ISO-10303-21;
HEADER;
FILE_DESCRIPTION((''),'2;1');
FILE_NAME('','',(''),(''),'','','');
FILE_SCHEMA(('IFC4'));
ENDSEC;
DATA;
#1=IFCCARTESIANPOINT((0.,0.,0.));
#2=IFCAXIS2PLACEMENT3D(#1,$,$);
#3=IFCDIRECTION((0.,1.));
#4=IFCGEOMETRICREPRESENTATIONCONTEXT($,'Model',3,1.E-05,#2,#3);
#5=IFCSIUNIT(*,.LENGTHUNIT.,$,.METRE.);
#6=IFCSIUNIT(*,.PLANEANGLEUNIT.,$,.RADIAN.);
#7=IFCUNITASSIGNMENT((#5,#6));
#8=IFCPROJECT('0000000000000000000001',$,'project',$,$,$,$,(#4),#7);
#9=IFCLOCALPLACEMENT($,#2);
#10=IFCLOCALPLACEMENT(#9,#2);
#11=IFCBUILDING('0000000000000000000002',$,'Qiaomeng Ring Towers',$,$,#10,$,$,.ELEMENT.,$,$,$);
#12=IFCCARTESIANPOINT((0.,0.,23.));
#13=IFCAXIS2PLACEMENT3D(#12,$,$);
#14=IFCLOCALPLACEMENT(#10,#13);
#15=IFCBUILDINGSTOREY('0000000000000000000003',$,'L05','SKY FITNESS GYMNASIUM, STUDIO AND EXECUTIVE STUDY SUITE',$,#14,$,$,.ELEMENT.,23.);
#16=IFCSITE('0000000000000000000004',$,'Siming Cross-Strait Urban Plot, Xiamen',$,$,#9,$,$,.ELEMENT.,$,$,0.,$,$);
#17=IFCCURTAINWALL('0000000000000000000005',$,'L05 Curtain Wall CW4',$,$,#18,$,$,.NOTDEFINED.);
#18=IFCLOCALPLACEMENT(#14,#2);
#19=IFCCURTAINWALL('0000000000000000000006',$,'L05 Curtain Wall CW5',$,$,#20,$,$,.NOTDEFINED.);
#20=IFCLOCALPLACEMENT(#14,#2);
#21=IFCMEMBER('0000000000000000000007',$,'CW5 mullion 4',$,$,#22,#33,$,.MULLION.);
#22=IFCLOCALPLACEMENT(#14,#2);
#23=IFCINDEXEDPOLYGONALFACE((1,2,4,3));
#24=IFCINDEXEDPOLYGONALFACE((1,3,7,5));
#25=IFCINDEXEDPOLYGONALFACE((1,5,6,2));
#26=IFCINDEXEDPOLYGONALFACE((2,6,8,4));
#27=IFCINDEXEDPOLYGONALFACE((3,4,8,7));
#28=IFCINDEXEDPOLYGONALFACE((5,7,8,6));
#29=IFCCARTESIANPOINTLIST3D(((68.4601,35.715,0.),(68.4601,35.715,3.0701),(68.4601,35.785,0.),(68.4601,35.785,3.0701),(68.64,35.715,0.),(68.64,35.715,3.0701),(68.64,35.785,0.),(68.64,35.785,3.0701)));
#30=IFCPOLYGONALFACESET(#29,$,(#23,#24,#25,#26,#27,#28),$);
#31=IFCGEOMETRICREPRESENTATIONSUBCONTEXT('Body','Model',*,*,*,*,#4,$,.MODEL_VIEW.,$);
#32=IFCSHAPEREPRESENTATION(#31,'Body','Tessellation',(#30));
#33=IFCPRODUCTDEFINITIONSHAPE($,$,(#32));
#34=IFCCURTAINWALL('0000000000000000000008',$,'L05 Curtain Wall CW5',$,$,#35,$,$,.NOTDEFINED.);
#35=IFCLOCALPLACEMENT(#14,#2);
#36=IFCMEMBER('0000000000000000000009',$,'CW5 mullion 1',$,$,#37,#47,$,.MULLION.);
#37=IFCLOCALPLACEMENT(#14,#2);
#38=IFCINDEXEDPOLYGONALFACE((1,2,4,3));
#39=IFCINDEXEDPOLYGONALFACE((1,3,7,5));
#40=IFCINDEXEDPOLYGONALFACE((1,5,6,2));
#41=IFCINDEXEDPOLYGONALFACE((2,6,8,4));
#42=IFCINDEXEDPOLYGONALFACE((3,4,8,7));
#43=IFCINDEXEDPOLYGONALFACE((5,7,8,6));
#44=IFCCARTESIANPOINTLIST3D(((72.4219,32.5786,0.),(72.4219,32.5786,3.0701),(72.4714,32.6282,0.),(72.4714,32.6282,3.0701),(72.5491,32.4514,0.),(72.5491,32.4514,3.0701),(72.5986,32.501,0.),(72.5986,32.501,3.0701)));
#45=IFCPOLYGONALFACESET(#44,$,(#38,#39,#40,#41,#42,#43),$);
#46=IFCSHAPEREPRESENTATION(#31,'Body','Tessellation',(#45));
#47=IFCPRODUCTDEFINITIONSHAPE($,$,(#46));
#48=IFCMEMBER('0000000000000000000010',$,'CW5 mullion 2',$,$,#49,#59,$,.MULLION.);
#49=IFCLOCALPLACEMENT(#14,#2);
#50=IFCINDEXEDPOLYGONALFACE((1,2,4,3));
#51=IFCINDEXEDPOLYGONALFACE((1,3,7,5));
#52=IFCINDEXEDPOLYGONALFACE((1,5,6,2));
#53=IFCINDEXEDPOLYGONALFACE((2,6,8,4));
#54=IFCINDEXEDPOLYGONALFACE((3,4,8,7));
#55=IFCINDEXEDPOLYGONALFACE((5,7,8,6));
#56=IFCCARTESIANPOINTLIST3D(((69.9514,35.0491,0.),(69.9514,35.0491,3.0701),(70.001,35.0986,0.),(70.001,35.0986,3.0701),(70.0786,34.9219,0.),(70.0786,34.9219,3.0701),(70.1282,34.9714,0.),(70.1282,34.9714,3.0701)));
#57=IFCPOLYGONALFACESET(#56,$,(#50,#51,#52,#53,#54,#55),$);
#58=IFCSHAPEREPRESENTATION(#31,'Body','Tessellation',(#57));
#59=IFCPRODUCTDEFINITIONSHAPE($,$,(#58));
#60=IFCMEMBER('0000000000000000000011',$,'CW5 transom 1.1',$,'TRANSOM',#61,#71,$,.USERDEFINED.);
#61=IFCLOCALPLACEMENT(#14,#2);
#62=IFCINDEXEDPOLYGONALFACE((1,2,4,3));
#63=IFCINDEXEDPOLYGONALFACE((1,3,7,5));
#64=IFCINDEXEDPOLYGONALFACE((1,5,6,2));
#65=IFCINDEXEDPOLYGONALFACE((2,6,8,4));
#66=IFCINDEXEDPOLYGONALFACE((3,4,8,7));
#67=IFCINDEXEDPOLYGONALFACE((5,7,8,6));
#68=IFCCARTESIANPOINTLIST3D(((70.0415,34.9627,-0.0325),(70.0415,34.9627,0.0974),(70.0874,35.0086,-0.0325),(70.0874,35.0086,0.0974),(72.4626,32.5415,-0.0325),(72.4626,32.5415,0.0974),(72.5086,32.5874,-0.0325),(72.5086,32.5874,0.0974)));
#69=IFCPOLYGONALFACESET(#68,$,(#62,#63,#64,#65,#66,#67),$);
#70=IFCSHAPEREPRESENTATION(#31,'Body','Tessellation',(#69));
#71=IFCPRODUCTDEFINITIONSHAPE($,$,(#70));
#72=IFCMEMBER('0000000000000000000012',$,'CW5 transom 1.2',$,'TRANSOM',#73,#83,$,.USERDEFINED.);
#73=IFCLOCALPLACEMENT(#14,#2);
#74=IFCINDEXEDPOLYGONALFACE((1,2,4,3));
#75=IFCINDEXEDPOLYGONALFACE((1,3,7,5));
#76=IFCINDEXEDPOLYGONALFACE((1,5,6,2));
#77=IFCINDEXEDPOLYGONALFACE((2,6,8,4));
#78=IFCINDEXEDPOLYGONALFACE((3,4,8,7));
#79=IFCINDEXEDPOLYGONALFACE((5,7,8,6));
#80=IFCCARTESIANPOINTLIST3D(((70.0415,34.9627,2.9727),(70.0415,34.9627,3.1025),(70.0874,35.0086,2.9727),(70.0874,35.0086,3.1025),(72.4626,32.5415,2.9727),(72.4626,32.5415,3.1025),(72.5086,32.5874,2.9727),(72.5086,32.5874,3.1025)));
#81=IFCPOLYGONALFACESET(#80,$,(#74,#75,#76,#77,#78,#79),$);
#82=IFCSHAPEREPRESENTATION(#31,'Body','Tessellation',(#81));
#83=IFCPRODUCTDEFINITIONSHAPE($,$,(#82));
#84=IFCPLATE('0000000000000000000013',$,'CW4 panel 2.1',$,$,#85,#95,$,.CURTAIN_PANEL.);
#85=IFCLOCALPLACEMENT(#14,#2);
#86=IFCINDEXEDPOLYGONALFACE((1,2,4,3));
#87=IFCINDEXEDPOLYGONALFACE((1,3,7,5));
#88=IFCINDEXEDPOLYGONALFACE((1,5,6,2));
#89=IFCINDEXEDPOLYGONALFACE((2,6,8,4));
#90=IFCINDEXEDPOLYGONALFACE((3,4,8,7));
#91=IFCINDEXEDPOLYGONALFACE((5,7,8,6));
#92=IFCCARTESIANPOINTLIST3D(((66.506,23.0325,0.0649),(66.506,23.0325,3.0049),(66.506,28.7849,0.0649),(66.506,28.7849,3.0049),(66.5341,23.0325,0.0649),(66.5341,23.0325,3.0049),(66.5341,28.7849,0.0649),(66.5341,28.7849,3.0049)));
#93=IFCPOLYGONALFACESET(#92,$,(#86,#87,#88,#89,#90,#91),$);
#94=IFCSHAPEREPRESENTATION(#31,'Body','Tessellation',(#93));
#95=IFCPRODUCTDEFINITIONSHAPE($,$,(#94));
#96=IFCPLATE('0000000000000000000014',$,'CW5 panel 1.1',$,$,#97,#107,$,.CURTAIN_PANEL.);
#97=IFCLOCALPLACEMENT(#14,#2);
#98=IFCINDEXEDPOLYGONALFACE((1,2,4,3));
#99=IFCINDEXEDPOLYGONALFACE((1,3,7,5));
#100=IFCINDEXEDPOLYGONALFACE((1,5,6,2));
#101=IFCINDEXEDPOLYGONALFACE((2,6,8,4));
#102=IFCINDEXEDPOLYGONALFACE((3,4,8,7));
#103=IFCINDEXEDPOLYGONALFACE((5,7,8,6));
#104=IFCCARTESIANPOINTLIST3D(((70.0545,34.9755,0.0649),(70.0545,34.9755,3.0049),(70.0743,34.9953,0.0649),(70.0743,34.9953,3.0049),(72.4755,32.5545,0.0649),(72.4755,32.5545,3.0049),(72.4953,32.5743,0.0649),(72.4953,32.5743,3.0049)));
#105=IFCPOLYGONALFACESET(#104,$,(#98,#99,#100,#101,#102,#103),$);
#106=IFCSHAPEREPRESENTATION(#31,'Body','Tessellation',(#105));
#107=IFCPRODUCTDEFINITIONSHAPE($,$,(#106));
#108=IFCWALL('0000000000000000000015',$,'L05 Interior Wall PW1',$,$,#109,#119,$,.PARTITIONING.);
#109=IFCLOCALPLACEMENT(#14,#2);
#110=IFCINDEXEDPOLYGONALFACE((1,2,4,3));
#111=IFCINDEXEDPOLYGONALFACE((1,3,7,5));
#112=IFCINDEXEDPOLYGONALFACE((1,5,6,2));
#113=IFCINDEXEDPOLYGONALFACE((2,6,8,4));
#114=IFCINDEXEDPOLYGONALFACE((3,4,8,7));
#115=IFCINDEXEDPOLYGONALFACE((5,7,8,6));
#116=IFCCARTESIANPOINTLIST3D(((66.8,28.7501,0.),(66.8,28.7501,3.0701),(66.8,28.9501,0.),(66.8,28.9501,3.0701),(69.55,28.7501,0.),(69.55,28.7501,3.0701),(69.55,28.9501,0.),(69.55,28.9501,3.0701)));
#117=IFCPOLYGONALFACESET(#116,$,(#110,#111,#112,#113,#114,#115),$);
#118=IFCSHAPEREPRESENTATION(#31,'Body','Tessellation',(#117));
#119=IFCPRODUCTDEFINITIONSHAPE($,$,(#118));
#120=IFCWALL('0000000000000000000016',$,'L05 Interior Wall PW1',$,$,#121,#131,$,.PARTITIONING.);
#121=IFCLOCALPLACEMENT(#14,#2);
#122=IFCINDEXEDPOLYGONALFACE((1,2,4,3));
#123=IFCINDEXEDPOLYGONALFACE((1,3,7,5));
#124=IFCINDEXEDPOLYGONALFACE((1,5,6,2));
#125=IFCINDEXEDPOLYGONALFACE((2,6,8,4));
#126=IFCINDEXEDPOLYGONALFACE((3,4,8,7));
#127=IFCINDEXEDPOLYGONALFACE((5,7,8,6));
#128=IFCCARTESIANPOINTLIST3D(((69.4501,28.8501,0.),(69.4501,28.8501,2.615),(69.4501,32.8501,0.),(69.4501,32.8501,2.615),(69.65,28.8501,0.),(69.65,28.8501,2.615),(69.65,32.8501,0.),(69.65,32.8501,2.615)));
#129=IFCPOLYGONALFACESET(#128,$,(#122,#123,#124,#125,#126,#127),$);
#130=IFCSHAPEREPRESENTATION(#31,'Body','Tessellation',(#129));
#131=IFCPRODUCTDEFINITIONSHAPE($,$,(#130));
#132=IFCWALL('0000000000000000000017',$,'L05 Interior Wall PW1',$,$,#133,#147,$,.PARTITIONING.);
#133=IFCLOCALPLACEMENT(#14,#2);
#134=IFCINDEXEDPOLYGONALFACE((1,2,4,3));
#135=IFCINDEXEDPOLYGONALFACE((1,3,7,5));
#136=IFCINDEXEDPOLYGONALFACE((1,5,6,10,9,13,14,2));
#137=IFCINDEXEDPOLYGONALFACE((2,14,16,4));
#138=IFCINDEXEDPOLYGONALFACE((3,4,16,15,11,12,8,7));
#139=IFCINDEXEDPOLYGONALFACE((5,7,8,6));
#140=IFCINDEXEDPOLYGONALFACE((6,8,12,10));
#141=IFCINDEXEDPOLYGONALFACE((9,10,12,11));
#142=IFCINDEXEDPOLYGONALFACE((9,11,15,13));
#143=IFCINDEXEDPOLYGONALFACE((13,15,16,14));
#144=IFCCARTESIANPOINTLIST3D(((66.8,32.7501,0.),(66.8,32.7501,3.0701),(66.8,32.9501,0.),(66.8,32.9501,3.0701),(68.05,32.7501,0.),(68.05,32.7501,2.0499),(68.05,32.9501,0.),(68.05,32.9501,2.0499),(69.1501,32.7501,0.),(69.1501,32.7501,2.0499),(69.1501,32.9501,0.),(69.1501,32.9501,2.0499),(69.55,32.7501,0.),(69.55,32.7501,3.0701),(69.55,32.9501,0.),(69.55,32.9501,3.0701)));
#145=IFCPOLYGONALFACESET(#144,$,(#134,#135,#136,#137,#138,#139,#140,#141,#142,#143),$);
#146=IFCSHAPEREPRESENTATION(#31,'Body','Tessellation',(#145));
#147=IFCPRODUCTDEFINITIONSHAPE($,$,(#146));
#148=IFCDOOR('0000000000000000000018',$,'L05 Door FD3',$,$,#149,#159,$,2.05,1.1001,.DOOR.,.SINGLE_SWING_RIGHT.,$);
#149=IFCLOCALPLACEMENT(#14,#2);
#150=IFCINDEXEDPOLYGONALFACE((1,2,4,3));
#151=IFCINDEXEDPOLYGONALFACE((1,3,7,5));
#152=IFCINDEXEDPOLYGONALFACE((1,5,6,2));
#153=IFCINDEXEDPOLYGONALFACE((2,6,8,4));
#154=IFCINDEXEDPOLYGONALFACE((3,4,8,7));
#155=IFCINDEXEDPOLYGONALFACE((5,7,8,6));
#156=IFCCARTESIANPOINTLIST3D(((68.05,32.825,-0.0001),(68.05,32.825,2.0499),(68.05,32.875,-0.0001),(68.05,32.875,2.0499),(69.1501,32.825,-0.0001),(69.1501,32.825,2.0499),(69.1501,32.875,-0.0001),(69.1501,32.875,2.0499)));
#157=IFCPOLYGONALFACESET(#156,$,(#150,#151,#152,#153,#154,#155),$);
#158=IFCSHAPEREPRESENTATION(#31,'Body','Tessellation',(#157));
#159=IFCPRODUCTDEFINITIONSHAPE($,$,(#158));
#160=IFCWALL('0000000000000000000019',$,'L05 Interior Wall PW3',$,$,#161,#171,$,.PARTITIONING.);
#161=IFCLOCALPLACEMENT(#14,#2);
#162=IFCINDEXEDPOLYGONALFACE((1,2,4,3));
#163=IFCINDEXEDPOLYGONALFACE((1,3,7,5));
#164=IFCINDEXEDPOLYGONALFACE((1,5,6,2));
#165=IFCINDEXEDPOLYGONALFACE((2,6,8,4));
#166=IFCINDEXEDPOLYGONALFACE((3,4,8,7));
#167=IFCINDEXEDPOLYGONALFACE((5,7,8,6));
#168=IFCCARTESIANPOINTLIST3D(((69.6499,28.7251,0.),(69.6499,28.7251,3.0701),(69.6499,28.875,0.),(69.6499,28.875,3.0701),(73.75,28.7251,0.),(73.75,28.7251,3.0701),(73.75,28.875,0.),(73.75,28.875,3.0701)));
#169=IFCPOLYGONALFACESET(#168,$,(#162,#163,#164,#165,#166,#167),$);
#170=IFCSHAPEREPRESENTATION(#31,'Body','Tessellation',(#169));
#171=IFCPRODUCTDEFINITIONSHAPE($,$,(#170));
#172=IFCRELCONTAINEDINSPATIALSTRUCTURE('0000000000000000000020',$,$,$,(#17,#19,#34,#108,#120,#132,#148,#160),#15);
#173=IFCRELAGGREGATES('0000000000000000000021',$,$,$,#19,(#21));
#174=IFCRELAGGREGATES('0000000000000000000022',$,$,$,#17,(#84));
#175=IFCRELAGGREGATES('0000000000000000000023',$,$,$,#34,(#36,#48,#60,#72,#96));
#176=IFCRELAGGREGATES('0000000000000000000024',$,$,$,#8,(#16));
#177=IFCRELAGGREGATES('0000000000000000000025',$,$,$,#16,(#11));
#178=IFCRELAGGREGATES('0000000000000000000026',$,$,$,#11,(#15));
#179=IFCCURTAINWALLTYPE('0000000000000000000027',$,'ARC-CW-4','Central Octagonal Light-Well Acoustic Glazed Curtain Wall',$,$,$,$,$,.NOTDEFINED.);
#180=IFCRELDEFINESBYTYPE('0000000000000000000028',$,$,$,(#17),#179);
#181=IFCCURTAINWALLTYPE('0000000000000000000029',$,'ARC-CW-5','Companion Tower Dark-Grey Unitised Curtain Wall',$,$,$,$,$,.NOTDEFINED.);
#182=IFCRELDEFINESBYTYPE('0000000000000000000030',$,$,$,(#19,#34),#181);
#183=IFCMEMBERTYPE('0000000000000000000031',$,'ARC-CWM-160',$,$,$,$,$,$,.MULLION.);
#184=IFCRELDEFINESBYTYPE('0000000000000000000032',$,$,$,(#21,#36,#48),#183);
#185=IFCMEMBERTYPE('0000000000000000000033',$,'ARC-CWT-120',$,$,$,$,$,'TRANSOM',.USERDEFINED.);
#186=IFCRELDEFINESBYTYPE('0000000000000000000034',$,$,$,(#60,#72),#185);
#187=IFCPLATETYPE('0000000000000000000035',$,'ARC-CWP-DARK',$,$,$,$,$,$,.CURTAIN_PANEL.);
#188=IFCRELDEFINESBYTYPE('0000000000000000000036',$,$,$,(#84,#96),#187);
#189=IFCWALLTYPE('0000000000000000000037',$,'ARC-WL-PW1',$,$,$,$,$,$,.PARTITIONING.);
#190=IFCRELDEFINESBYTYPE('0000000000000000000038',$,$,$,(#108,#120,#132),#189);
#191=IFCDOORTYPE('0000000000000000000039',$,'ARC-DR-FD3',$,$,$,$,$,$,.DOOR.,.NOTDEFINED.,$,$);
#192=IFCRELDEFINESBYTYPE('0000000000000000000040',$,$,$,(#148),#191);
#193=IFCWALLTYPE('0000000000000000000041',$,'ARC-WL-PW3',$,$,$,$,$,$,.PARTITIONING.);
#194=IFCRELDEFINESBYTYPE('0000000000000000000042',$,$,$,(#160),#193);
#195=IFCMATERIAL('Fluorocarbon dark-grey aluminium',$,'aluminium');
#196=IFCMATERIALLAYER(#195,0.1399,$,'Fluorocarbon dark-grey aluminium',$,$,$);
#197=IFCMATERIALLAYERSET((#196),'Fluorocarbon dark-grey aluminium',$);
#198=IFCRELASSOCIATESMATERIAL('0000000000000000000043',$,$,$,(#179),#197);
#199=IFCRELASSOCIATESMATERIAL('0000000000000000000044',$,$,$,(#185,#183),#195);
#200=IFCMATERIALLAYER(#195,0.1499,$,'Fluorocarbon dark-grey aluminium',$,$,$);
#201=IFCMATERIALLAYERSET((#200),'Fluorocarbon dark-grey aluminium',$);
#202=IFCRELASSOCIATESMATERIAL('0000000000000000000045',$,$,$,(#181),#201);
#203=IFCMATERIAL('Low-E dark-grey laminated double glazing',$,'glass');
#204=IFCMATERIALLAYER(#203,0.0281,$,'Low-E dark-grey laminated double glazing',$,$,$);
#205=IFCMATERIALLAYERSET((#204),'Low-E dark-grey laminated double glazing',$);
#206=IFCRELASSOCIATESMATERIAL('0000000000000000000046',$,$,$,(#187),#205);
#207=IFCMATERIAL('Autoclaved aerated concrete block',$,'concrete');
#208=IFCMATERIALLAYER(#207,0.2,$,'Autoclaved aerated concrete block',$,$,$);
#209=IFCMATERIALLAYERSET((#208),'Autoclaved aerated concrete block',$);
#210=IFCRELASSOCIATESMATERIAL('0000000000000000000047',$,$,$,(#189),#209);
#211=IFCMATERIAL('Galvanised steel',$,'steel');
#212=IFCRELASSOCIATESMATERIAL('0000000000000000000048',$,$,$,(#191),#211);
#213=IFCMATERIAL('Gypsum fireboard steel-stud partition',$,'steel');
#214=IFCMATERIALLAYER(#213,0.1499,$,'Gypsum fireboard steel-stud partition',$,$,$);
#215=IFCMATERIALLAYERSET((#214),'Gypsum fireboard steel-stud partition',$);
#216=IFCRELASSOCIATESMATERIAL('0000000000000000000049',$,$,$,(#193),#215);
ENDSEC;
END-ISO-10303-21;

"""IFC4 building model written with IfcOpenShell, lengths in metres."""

from ifc_helpers import new_model, si_unit, direction, frame, frame_2d, origin, origin_2d, place, context, subcontext, project, spatial, rectangle, extrude, source, transform, mapped, material, layer, layer_set, material_profile, profile_set, type_object, element, fill, aggregate, save


model = new_model("IFC4")

# Units and contexts
model_context = context("Model", 3, precision=1e-05, world=origin(), true_north=direction((0.0, 1.0)))
body_context = subcontext(model_context, "Body", "Model", "MODEL_VIEW")
ifc_project = project(units=[si_unit("LENGTHUNIT", "METRE"), si_unit("PLANEANGLEUNIT", "RADIAN")], contexts=[model_context])

# Site, building, storey
site_placement = place(None, origin())
site = spatial("IfcSite", under=ifc_project, at=site_placement, Name="Siming Cross-Strait Urban Plot, Xiamen", CompositionType="ELEMENT", RefElevation=0.0)
building_placement = place(site_placement, origin())
building = spatial("IfcBuilding", under=site, at=building_placement, Name="Qiaomeng Ring Towers", CompositionType="ELEMENT")
storey_placement = place(building_placement, frame((0.0, 0.0, 23.0)))
storey = spatial("IfcBuildingStorey", under=building, at=storey_placement, Name="L05", Description="SKY FITNESS GYMNASIUM, STUDIO AND EXECUTIVE STUDY SUITE", CompositionType="ELEMENT", Elevation=23.0)

# Curtain wall
ifc_material_1 = material(Name="Fluorocarbon dark-grey aluminium", Category="aluminium")
ifc_layer_1 = layer(ifc_material_1, 0.1399, Name="Fluorocarbon dark-grey aluminium")
ifc_layer_set_1 = layer_set([ifc_layer_1], Name="Fluorocarbon dark-grey aluminium")
curtain_wall_type_1 = type_object("IfcCurtainWallType", Name="ARC-CW-4", Description="Central Octagonal Light-Well Acoustic Glazed Curtain Wall", PredefinedType="NOTDEFINED", material=ifc_layer_set_1)
curtain_wall_1_placement = place(storey_placement, origin())
curtain_wall_1 = element("IfcCurtainWall", 1, at=curtain_wall_1_placement, inside=storey, type_object=curtain_wall_type_1, Name="L05 Curtain Wall CW4", PredefinedType="NOTDEFINED")
ifc_material_profile_1 = material_profile(ifc_material_1, rectangle(XDim=0.0649, YDim=0.1299, at=origin_2d()), Name="ALU TRAN 65x130")
ifc_profile_set_1 = profile_set([ifc_material_profile_1], Name="Fluorocarbon dark-grey aluminium")
member_type_1 = type_object("IfcMemberType", Name="ARC-CWT-120", ElementType="TRANSOM", PredefinedType="USERDEFINED", material=ifc_profile_set_1)

# Curtain wall, member
ifc_layer_2 = layer(ifc_material_1, 0.1499, Name="Fluorocarbon dark-grey aluminium")
ifc_layer_set_2 = layer_set([ifc_layer_2], Name="Fluorocarbon dark-grey aluminium")
curtain_wall_type_2 = type_object("IfcCurtainWallType", Name="ARC-CW-5", Description="Companion Tower Dark-Grey Unitised Curtain Wall", PredefinedType="NOTDEFINED", material=ifc_layer_set_2)
curtain_wall_2_placement = place(storey_placement, origin())
curtain_wall_2 = element("IfcCurtainWall", 2, at=curtain_wall_2_placement, inside=storey, type_object=curtain_wall_type_2, Name="L05 Curtain Wall CW5", PredefinedType="NOTDEFINED")
ifc_material_profile_2 = material_profile(ifc_material_1, rectangle(XDim=0.0701, YDim=0.1799, at=origin_2d()), Name="ALU MULL 70x180")
ifc_profile_set_2 = profile_set([ifc_material_profile_2], Name="Fluorocarbon dark-grey aluminium")
member_type_2 = type_object("IfcMemberType", Name="ARC-CWM-160", PredefinedType="MULLION", material=ifc_profile_set_2)
shared_shape_1 = source(origin(), body_context, "Body", "SweptSolid", [
    extrude(rectangle(XDim=0.0701, YDim=0.1799, at=origin_2d()), origin(), (0.0, 0.0, 1.0), 3.0701),
])
member_1_placement = place(storey_placement, frame((68.55, 35.75, 0.0), z_axis=(0.0, 0.0, 1.0), x_axis=(0.0, 1.0, 0.0)))
member_1 = element("IfcMember", 3, at=member_1_placement, type_object=member_type_2, Name="CW5 mullion 4", PredefinedType="MULLION", context=body_context, shape_type="MappedRepresentation", body=[
    mapped(shared_shape_1, transform((0.0, 0.0, 0.0), x_axis=(1.0, 0.0, 0.0), y_axis=(0.0, 1.0, 0.0), z_axis=(0.0, 0.0, 1.0), scale=1.0)),
])
aggregate(curtain_wall_2, [member_1])

# Curtain wall, members
curtain_wall_3_placement = place(storey_placement, origin())
curtain_wall_3 = element("IfcCurtainWall", 4, at=curtain_wall_3_placement, inside=storey, type_object=curtain_wall_type_2, Name="L05 Curtain Wall CW5", PredefinedType="NOTDEFINED")
member_2_placement = place(storey_placement, frame((72.5103, 32.5398, 0.0), z_axis=(0.0, 0.0, 1.0), x_axis=(-0.707107, -0.707107, 0.0)))
member_2 = element("IfcMember", 5, at=member_2_placement, type_object=member_type_2, Name="CW5 mullion 1", PredefinedType="MULLION", context=body_context, shape_type="MappedRepresentation", body=[
    mapped(shared_shape_1, transform((0.0, 0.0, 0.0), x_axis=(1.0, 0.0, 0.0), y_axis=(0.0, 1.0, 0.0), z_axis=(0.0, 0.0, 1.0), scale=1.0)),
])
member_3_placement = place(storey_placement, frame((70.0398, 35.0103, 0.0), z_axis=(0.0, 0.0, 1.0), x_axis=(-0.707107, -0.707107, 0.0)))
member_3 = element("IfcMember", 6, at=member_3_placement, type_object=member_type_2, Name="CW5 mullion 2", PredefinedType="MULLION", context=body_context, shape_type="MappedRepresentation", body=[
    mapped(shared_shape_1, transform((0.0, 0.0, 0.0), x_axis=(1.0, 0.0, 0.0), y_axis=(0.0, 1.0, 0.0), z_axis=(0.0, 0.0, 1.0), scale=1.0)),
])
shared_shape_2 = source(origin(), body_context, "Body", "SweptSolid", [
    extrude(rectangle(XDim=0.0649, YDim=0.1299, at=origin_2d()), origin(), (0.0, 0.0, 1.0), 3.4241),
])
member_4_placement = place(storey_placement, frame((72.4856, 32.5645, 0.0325), z_axis=(-0.707107, 0.707107, 0.0), x_axis=(-0.707107, -0.707107, 0.0)))
member_4 = element("IfcMember", 7, at=member_4_placement, type_object=member_type_1, Name="CW5 transom 1.1", ObjectType="TRANSOM", PredefinedType="USERDEFINED", context=body_context, shape_type="MappedRepresentation", body=[
    mapped(shared_shape_2, transform((0.0, 0.0, 0.0), x_axis=(1.0, 0.0, 0.0), y_axis=(0.0, 1.0, 0.0), z_axis=(0.0, 0.0, 1.0), scale=1.0)),
])
member_5_placement = place(storey_placement, frame((72.4856, 32.5645, 3.0376), z_axis=(-0.707107, 0.707107, 0.0), x_axis=(-0.707107, -0.707107, 0.0)))
member_5 = element("IfcMember", 8, at=member_5_placement, type_object=member_type_1, Name="CW5 transom 1.2", ObjectType="TRANSOM", PredefinedType="USERDEFINED", context=body_context, shape_type="MappedRepresentation", body=[
    mapped(shared_shape_2, transform((0.0, 0.0, 0.0), x_axis=(1.0, 0.0, 0.0), y_axis=(0.0, 1.0, 0.0), z_axis=(0.0, 0.0, 1.0), scale=1.0)),
])

# Plates
ifc_material_2 = material(Name="Low-E dark-grey laminated double glazing", Category="glass")
ifc_layer_3 = layer(ifc_material_2, 0.0281, Name="Low-E dark-grey laminated double glazing")
ifc_layer_set_3 = layer_set([ifc_layer_3], Name="Low-E dark-grey laminated double glazing")
plate_type = type_object("IfcPlateType", Name="ARC-CWP-DARK", PredefinedType="CURTAIN_PANEL", material=ifc_layer_set_3)
shared_shape_3 = source(origin(), body_context, "Body", "SweptSolid", [
    extrude(rectangle(XDim=5.7524, YDim=0.0281, at=origin_2d()), origin(), (0.0, 0.0, 1.0), 2.9399),
])
plate_1_placement = place(storey_placement, frame((66.52, 25.9087, 0.0649), z_axis=(0.0, 0.0, 1.0), x_axis=(0.0, 1.0, 0.0)))
plate_1 = element("IfcPlate", 9, at=plate_1_placement, type_object=plate_type, Name="CW4 panel 2.1", PredefinedType="CURTAIN_PANEL", context=body_context, shape_type="MappedRepresentation", body=[
    mapped(shared_shape_3, transform((0.0, 0.0, 0.0), x_axis=(1.0, 0.0, 0.0), y_axis=(0.0, 1.0, 0.0), z_axis=(0.0, 0.0, 1.0), scale=1.0)),
])
aggregate(curtain_wall_1, [plate_1])
shared_shape_4 = source(origin(), body_context, "Body", "SweptSolid", [
    extrude(rectangle(XDim=3.4238, YDim=0.0281, at=origin_2d()), origin(), (0.0, 0.0, 1.0), 2.9399),
])
plate_2_placement = place(storey_placement, frame((71.2749, 33.7749, 0.0649), z_axis=(0.0, 0.0, 1.0), x_axis=(-0.707107, 0.707107, 0.0)))
plate_2 = element("IfcPlate", 10, at=plate_2_placement, type_object=plate_type, Name="CW5 panel 1.1", PredefinedType="CURTAIN_PANEL", context=body_context, shape_type="MappedRepresentation", body=[
    mapped(shared_shape_4, transform((0.0, 0.0, 0.0), x_axis=(1.0, 0.0, 0.0), y_axis=(0.0, 1.0, 0.0), z_axis=(0.0, 0.0, 1.0), scale=1.0)),
])
aggregate(curtain_wall_3, [member_2, member_3, member_4, member_5, plate_2])

# Walls
ifc_material_3 = material(Name="Autoclaved aerated concrete block", Category="concrete")
ifc_layer_4 = layer(ifc_material_3, 0.2, Name="Autoclaved aerated concrete block")
ifc_layer_set_4 = layer_set([ifc_layer_4], Name="Autoclaved aerated concrete block")
wall_type_1 = type_object("IfcWallType", Name="ARC-WL-PW1", PredefinedType="PARTITIONING", material=ifc_layer_set_4)
wall_1_placement = place(storey_placement, frame((66.8, 28.8501, 0.0), z_axis=(0.0, 0.0, 1.0), x_axis=(1.0, 0.0, 0.0)))
element("IfcWall", 11, at=wall_1_placement, inside=storey, type_object=wall_type_1, Name="L05 Interior Wall PW1", PredefinedType="PARTITIONING", context=body_context, shape_type="SweptSolid", body=[
    extrude(rectangle(XDim=2.75, YDim=0.2, at=frame_2d((1.375, 0.0))), origin(), (0.0, 0.0, 1.0), 3.0701),
])
wall_2_placement = place(storey_placement, frame((69.55, 28.8501, 0.0), z_axis=(0.0, 0.0, 1.0), x_axis=(0.0, 1.0, 0.0)))
element("IfcWall", 12, at=wall_2_placement, inside=storey, type_object=wall_type_1, Name="L05 Interior Wall PW1", PredefinedType="PARTITIONING", context=body_context, shape_type="SweptSolid", body=[
    extrude(rectangle(XDim=4.0, YDim=0.2, at=frame_2d((2.0, 0.0))), origin(), (0.0, 0.0, 1.0), 2.615),
])

# Wall, opening, door
wall_3_placement = place(storey_placement, frame((66.8, 32.8501, 0.0), z_axis=(0.0, 0.0, 1.0), x_axis=(1.0, 0.0, 0.0)))
wall_3 = element("IfcWall", 13, at=wall_3_placement, inside=storey, type_object=wall_type_1, Name="L05 Interior Wall PW1", PredefinedType="PARTITIONING", context=body_context, shape_type="SweptSolid", body=[
    extrude(rectangle(XDim=2.75, YDim=0.2, at=frame_2d((1.375, 0.0))), origin(), (0.0, 0.0, 1.0), 3.0701),
])
opening_1_placement = place(wall_3_placement, frame((1.25, 0.0, 0.0)))
opening_1 = element("IfcOpeningElement", 14, at=opening_1_placement, cuts=wall_3, PredefinedType="OPENING", context=body_context, shape_type="SweptSolid", body=[
    extrude(rectangle(XDim=1.1001, YDim=2.05, at=frame_2d((0.55, 1.0249))), frame((0.0, 0.1099, 0.0), z_axis=(0.0, -1.0, 0.0), x_axis=(1.0, 0.0, 0.0)), (0.0, 0.0, 1.0), 0.22),
])
ifc_material_4 = material(Name="Galvanised steel", Category="steel")
door_type_1 = type_object("IfcDoorType", Name="ARC-DR-FD3", OperationType="NOTDEFINED", PredefinedType="DOOR", material=ifc_material_4)
shared_shape_5 = source(origin(), body_context, "Body", "SweptSolid", [
    extrude(rectangle(XDim=1.1001, YDim=2.05, at=frame_2d((0.55, 1.0249))), frame((0.0, 0.0249, 0.0), z_axis=(0.0, -1.0, 0.0), x_axis=(1.0, 0.0, 0.0)), (0.0, 0.0, 1.0), 0.05),
])
door_1_placement = place(opening_1_placement, origin())
door_1 = element("IfcDoor", 15, at=door_1_placement, inside=storey, type_object=door_type_1, Name="L05 Door FD3", OperationType="SINGLE_SWING_RIGHT", OverallHeight=2.05, OverallWidth=1.1001, PredefinedType="DOOR", context=body_context, shape_type="MappedRepresentation", body=[
    mapped(shared_shape_5, transform((0.0, 0.0, 0.0), x_axis=(1.0, 0.0, 0.0), y_axis=(0.0, 1.0, 0.0), z_axis=(0.0, 0.0, 1.0), scale=1.0)),
])
fill(opening_1, door_1)

# Wall
ifc_material_5 = material(Name="Gypsum fireboard steel-stud partition", Category="steel")
ifc_layer_5 = layer(ifc_material_5, 0.1499, Name="Gypsum fireboard steel-stud partition")
ifc_layer_set_5 = layer_set([ifc_layer_5], Name="Gypsum fireboard steel-stud partition")
wall_type_2 = type_object("IfcWallType", Name="ARC-WL-PW3", PredefinedType="PARTITIONING", material=ifc_layer_set_5)
wall_4_placement = place(storey_placement, frame((69.6499, 28.8, 0.0), z_axis=(0.0, 0.0, 1.0), x_axis=(1.0, 0.0, 0.0)))
element("IfcWall", 16, at=wall_4_placement, inside=storey, type_object=wall_type_2, Name="L05 Interior Wall PW3", PredefinedType="PARTITIONING", context=body_context, shape_type="SweptSolid", body=[
    extrude(rectangle(XDim=4.1001, YDim=0.1499, at=frame_2d((2.05, 0.0))), origin(), (0.0, 0.0, 1.0), 3.0701),
])

save(model, "model.ifc")
